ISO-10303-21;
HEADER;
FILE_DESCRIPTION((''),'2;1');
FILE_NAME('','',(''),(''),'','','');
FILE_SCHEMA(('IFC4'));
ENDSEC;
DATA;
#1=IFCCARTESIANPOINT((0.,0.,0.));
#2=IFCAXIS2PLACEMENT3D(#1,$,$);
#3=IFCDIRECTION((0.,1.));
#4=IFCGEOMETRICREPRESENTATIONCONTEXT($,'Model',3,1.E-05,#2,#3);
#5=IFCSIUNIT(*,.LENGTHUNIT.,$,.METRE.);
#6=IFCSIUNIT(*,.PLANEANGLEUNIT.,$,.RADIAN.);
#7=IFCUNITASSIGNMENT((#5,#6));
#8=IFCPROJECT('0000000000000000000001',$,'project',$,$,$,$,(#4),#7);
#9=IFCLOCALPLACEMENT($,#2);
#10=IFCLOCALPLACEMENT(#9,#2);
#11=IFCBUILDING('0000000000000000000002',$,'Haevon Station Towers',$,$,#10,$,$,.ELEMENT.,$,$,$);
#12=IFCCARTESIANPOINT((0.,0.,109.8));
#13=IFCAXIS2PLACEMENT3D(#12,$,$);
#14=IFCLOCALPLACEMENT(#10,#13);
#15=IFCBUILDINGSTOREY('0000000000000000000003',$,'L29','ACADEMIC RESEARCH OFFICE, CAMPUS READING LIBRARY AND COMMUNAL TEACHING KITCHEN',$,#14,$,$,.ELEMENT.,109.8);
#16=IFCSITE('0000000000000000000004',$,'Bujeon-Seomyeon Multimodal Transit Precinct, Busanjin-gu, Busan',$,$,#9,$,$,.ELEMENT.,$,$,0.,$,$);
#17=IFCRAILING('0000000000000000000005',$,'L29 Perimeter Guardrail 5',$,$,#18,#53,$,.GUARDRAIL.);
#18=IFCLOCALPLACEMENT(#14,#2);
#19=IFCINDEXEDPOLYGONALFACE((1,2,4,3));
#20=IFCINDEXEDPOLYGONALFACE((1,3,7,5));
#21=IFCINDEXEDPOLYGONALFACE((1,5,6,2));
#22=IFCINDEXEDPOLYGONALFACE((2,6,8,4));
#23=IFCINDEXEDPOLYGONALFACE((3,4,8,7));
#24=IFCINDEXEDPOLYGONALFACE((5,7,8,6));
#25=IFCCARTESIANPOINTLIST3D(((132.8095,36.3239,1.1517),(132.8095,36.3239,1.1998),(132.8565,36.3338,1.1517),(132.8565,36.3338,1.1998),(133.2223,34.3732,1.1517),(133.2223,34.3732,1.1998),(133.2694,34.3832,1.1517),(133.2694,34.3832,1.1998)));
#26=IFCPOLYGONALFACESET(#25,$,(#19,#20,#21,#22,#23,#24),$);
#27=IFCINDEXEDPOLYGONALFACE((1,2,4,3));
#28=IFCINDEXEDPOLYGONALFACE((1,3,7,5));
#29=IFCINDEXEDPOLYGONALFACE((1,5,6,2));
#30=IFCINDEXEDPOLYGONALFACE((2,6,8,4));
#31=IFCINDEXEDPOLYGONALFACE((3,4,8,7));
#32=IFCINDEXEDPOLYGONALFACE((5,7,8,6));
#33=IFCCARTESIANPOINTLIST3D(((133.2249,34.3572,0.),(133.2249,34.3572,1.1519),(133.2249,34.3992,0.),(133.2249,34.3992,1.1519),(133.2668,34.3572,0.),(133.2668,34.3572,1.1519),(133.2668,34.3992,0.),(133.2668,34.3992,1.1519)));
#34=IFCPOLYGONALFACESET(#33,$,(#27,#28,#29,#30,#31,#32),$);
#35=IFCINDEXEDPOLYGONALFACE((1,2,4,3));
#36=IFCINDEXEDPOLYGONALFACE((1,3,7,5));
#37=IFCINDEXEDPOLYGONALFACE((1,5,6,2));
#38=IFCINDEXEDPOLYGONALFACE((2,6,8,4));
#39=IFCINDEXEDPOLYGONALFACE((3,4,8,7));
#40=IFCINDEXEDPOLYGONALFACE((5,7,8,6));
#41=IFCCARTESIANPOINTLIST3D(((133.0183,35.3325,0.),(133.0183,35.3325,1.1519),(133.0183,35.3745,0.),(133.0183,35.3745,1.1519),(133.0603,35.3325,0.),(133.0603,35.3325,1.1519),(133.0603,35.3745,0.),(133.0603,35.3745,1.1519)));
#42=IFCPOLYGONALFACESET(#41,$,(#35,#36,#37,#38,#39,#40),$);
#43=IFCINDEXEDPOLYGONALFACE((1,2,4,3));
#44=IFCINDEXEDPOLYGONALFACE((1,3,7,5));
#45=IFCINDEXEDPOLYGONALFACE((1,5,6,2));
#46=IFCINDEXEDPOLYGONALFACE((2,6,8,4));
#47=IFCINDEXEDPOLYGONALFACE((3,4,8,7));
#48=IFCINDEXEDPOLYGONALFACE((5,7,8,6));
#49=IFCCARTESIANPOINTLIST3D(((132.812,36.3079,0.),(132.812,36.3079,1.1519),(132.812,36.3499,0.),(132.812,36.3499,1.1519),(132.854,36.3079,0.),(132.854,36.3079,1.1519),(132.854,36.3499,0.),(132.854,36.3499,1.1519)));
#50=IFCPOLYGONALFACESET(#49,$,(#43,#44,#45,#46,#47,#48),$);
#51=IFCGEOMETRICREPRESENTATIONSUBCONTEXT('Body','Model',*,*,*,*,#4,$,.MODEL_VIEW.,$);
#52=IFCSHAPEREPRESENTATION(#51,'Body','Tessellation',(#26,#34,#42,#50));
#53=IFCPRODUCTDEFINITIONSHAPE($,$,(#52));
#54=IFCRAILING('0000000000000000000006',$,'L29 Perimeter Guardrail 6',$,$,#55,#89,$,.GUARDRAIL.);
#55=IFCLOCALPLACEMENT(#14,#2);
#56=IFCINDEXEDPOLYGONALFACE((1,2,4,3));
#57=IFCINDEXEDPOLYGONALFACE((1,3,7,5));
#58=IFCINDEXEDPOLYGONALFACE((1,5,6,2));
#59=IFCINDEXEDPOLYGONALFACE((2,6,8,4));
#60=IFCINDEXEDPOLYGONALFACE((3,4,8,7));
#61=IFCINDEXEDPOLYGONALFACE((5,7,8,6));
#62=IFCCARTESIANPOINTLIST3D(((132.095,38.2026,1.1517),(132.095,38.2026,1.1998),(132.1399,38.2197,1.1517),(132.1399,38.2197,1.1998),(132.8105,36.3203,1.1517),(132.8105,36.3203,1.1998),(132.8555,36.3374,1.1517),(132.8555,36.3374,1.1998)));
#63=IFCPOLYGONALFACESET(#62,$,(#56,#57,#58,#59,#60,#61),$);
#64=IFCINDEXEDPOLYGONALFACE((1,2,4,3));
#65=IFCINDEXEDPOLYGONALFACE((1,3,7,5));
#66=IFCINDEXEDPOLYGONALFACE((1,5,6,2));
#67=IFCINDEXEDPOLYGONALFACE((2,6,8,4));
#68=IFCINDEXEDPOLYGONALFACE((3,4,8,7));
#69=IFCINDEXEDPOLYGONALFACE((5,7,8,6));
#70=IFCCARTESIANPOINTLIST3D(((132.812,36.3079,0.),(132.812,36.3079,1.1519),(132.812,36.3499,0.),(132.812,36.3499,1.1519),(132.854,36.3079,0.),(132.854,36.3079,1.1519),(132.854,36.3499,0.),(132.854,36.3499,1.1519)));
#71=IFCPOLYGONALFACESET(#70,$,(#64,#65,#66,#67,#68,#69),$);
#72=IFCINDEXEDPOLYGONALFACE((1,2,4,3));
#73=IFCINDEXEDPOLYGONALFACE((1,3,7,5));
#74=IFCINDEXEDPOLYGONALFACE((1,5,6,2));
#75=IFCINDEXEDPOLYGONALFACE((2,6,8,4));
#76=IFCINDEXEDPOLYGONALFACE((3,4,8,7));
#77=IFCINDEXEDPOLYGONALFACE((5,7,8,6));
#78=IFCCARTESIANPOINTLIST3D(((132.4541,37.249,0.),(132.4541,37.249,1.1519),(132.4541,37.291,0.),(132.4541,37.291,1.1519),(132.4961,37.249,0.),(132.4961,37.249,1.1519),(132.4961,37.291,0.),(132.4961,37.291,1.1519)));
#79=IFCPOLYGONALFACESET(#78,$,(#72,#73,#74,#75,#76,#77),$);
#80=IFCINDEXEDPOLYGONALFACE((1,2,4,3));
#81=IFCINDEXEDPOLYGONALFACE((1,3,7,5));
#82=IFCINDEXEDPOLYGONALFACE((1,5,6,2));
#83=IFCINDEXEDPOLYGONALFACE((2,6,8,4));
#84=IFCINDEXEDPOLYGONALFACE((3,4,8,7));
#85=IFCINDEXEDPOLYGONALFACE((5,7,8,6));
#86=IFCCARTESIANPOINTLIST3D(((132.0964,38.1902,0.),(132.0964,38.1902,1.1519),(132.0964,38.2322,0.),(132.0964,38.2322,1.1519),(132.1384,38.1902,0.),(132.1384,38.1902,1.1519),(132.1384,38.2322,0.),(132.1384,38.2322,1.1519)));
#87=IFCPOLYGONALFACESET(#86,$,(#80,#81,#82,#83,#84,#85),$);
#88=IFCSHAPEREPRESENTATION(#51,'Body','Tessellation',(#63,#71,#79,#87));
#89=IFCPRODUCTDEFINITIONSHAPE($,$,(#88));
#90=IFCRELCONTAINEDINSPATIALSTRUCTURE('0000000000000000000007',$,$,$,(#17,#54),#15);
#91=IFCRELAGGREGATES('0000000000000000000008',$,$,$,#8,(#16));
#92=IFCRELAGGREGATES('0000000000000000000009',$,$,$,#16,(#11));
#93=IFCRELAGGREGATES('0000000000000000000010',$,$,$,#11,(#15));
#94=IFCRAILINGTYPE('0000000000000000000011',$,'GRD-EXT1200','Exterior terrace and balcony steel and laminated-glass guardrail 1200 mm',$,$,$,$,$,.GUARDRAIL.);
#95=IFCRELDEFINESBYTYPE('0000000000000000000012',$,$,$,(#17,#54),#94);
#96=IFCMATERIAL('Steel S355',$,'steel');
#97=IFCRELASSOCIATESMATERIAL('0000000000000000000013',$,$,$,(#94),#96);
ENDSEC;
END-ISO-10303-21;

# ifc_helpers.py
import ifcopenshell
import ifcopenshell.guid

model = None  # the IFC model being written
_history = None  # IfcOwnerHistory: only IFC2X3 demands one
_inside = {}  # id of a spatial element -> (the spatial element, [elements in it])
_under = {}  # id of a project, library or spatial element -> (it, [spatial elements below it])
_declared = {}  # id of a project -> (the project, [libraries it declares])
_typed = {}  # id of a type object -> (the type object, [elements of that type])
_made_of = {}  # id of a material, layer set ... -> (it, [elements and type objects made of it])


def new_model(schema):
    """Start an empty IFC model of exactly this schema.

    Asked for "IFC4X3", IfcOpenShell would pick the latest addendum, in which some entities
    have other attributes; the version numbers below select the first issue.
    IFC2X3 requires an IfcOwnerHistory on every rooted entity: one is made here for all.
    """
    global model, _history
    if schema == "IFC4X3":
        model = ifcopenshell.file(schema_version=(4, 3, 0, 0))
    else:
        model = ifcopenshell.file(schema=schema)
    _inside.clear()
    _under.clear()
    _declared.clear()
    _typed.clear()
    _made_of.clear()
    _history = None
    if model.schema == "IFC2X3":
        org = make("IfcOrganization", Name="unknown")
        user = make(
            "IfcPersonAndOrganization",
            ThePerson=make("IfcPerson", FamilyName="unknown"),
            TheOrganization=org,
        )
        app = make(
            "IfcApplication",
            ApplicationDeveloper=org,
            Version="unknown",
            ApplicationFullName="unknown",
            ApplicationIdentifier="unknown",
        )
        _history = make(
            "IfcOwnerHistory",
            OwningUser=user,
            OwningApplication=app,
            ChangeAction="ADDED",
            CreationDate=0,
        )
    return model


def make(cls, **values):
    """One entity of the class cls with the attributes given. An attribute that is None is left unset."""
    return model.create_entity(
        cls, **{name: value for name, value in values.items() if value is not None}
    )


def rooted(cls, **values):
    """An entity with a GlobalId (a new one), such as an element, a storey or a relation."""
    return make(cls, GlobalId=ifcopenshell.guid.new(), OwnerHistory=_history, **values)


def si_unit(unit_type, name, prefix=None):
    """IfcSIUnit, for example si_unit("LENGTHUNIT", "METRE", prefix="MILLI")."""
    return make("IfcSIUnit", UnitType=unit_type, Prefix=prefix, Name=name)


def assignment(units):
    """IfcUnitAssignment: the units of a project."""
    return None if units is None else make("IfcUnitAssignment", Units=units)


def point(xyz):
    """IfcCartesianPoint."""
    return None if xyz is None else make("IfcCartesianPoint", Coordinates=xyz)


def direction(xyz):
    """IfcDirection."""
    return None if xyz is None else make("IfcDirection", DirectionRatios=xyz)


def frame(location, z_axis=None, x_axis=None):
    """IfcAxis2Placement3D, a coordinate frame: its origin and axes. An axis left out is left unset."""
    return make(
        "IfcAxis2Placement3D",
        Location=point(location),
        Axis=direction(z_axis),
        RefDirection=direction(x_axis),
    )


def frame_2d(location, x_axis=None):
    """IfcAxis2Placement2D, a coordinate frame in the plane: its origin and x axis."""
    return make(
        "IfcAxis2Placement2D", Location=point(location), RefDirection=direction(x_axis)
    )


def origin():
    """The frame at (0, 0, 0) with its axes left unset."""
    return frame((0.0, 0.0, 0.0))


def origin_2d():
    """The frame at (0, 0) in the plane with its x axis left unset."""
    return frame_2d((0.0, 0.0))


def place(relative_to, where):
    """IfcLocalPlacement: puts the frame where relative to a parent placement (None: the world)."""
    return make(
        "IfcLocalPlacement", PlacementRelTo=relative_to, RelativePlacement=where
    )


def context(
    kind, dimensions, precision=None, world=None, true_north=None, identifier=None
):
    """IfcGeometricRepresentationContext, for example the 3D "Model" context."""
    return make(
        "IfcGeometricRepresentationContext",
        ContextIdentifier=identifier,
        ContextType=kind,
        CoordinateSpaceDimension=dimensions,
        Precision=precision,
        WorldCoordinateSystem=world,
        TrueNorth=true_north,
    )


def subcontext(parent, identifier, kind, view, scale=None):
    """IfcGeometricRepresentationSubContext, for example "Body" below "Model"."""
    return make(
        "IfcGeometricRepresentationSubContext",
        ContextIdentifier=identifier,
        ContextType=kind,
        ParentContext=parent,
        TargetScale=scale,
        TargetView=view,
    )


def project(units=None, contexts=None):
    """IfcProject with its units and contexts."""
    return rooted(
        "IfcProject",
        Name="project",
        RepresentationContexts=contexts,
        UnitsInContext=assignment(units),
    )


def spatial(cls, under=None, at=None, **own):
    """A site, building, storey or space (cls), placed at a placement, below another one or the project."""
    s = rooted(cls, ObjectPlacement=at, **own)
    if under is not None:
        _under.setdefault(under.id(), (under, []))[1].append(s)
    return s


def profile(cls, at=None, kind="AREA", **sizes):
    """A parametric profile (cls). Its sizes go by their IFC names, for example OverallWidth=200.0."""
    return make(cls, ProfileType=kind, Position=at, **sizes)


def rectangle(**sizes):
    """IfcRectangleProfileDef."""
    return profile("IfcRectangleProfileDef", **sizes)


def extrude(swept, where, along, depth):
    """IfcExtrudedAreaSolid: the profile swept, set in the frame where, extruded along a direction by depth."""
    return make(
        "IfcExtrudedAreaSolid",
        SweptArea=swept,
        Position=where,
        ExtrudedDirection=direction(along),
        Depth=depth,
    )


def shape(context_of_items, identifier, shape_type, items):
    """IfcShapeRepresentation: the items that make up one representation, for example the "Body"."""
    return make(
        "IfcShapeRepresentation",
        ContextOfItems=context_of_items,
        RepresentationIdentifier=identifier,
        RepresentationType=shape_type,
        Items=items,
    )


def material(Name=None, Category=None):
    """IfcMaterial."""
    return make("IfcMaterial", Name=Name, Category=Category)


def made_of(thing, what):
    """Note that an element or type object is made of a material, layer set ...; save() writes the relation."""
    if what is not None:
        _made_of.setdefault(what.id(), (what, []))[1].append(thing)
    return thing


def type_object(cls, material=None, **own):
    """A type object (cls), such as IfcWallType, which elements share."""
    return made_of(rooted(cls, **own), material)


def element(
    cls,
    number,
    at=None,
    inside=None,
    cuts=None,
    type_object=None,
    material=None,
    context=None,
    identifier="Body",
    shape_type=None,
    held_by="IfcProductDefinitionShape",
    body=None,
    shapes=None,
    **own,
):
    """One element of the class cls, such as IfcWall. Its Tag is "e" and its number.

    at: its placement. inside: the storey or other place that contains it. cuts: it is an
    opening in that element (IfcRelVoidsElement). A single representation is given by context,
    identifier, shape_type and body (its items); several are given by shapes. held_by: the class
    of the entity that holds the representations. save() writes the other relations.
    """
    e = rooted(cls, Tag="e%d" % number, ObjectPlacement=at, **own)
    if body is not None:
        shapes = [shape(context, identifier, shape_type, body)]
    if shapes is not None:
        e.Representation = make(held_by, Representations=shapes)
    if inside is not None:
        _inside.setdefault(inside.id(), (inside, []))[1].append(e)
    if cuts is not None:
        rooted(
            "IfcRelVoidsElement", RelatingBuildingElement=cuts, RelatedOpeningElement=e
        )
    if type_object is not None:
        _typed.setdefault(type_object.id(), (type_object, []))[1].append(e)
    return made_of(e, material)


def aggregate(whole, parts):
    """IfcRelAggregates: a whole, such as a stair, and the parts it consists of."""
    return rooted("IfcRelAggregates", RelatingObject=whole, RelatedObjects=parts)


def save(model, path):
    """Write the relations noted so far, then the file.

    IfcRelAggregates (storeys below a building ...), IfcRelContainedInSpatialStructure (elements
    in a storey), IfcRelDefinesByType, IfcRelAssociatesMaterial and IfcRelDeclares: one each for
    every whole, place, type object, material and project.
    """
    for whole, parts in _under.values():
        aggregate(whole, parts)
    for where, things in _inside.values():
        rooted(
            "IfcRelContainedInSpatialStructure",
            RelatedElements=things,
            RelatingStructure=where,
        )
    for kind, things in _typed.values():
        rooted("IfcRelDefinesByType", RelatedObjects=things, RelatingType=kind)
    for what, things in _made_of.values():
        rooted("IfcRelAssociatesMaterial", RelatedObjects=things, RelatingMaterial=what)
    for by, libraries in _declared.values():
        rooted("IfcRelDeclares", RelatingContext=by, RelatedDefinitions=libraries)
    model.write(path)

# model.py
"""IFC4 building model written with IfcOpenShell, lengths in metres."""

from ifc_helpers import new_model, si_unit, direction, frame, origin, origin_2d, place, context, subcontext, project, spatial, rectangle, extrude, material, type_object, element, save


model = new_model("IFC4")

# Units and contexts
model_context = context("Model", 3, precision=1e-05, world=origin(), true_north=direction((0.0, 1.0)))
body_context = subcontext(model_context, "Body", "Model", "MODEL_VIEW")
ifc_project = project(units=[si_unit("LENGTHUNIT", "METRE"), si_unit("PLANEANGLEUNIT", "RADIAN")], contexts=[model_context])

# Site, building, storey
site_placement = place(None, origin())
site = spatial("IfcSite", under=ifc_project, at=site_placement, Name="Bujeon-Seomyeon Multimodal Transit Precinct, Busanjin-gu, Busan", CompositionType="ELEMENT", RefElevation=0.0)
building_placement = place(site_placement, origin())
building = spatial("IfcBuilding", under=site, at=building_placement, Name="Haevon Station Towers", CompositionType="ELEMENT")
storey_placement = place(building_placement, frame((0.0, 0.0, 109.8)))
storey = spatial("IfcBuildingStorey", under=building, at=storey_placement, Name="L29", Description="ACADEMIC RESEARCH OFFICE, CAMPUS READING LIBRARY AND COMMUNAL TEACHING KITCHEN", CompositionType="ELEMENT", Elevation=109.8)

# Shared definitions
ifc_material_1 = material(Name="Steel S355", Category="steel")

# Railings
railing_type = type_object("IfcRailingType", Name="GRD-EXT1200", Description="Exterior terrace and balcony steel and laminated-glass guardrail 1200 mm", PredefinedType="GUARDRAIL", material=ifc_material_1)
railing_1_placement = place(storey_placement, frame((133.2458, 34.3782, 0.0)))
element("IfcRailing", 1, at=railing_1_placement, inside=storey, type_object=railing_type, Name="L29 Perimeter Guardrail 5", PredefinedType="GUARDRAIL", context=body_context, shape_type="SweptSolid", body=[
    extrude(rectangle(XDim=0.0481, YDim=0.0481, at=origin_2d()), frame((0.0, 0.0, 1.1758), z_axis=(-0.207053, 0.97833, 0.0), x_axis=(-0.97833, -0.207053, 0.0)), (0.0, 0.0, 1.0), 1.9939),
    extrude(rectangle(XDim=0.042, YDim=0.042, at=origin_2d()), origin(), (0.0, 0.0, 1.0), 1.1519),
    extrude(rectangle(XDim=0.042, YDim=0.042, at=origin_2d()), frame((-0.2065, 0.9753, 0.0)), (0.0, 0.0, 1.0), 1.1519),
    extrude(rectangle(XDim=0.042, YDim=0.042, at=origin_2d()), frame((-0.4128, 1.9507, 0.0)), (0.0, 0.0, 1.0), 1.1519),
])
railing_2_placement = place(storey_placement, frame((132.833, 36.3289, 0.0)))
element("IfcRailing", 2, at=railing_2_placement, inside=storey, type_object=railing_type, Name="L29 Perimeter Guardrail 6", PredefinedType="GUARDRAIL", context=body_context, shape_type="SweptSolid", body=[
    extrude(rectangle(XDim=0.0481, YDim=0.0481, at=origin_2d()), frame((0.0, 0.0, 1.1758), z_axis=(-0.355345, 0.934735, 0.0), x_axis=(-0.934735, -0.355345, 0.0)), (0.0, 0.0, 1.0), 2.0137),
    extrude(rectangle(XDim=0.042, YDim=0.042, at=origin_2d()), origin(), (0.0, 0.0, 1.0), 1.1519),
    extrude(rectangle(XDim=0.042, YDim=0.042, at=origin_2d()), frame((-0.3579, 0.9412, 0.0)), (0.0, 0.0, 1.0), 1.1519),
    extrude(rectangle(XDim=0.042, YDim=0.042, at=origin_2d()), frame((-0.7156, 1.8823, 0.0)), (0.0, 0.0, 1.0), 1.1519),
])

save(model, "model.ifc")
